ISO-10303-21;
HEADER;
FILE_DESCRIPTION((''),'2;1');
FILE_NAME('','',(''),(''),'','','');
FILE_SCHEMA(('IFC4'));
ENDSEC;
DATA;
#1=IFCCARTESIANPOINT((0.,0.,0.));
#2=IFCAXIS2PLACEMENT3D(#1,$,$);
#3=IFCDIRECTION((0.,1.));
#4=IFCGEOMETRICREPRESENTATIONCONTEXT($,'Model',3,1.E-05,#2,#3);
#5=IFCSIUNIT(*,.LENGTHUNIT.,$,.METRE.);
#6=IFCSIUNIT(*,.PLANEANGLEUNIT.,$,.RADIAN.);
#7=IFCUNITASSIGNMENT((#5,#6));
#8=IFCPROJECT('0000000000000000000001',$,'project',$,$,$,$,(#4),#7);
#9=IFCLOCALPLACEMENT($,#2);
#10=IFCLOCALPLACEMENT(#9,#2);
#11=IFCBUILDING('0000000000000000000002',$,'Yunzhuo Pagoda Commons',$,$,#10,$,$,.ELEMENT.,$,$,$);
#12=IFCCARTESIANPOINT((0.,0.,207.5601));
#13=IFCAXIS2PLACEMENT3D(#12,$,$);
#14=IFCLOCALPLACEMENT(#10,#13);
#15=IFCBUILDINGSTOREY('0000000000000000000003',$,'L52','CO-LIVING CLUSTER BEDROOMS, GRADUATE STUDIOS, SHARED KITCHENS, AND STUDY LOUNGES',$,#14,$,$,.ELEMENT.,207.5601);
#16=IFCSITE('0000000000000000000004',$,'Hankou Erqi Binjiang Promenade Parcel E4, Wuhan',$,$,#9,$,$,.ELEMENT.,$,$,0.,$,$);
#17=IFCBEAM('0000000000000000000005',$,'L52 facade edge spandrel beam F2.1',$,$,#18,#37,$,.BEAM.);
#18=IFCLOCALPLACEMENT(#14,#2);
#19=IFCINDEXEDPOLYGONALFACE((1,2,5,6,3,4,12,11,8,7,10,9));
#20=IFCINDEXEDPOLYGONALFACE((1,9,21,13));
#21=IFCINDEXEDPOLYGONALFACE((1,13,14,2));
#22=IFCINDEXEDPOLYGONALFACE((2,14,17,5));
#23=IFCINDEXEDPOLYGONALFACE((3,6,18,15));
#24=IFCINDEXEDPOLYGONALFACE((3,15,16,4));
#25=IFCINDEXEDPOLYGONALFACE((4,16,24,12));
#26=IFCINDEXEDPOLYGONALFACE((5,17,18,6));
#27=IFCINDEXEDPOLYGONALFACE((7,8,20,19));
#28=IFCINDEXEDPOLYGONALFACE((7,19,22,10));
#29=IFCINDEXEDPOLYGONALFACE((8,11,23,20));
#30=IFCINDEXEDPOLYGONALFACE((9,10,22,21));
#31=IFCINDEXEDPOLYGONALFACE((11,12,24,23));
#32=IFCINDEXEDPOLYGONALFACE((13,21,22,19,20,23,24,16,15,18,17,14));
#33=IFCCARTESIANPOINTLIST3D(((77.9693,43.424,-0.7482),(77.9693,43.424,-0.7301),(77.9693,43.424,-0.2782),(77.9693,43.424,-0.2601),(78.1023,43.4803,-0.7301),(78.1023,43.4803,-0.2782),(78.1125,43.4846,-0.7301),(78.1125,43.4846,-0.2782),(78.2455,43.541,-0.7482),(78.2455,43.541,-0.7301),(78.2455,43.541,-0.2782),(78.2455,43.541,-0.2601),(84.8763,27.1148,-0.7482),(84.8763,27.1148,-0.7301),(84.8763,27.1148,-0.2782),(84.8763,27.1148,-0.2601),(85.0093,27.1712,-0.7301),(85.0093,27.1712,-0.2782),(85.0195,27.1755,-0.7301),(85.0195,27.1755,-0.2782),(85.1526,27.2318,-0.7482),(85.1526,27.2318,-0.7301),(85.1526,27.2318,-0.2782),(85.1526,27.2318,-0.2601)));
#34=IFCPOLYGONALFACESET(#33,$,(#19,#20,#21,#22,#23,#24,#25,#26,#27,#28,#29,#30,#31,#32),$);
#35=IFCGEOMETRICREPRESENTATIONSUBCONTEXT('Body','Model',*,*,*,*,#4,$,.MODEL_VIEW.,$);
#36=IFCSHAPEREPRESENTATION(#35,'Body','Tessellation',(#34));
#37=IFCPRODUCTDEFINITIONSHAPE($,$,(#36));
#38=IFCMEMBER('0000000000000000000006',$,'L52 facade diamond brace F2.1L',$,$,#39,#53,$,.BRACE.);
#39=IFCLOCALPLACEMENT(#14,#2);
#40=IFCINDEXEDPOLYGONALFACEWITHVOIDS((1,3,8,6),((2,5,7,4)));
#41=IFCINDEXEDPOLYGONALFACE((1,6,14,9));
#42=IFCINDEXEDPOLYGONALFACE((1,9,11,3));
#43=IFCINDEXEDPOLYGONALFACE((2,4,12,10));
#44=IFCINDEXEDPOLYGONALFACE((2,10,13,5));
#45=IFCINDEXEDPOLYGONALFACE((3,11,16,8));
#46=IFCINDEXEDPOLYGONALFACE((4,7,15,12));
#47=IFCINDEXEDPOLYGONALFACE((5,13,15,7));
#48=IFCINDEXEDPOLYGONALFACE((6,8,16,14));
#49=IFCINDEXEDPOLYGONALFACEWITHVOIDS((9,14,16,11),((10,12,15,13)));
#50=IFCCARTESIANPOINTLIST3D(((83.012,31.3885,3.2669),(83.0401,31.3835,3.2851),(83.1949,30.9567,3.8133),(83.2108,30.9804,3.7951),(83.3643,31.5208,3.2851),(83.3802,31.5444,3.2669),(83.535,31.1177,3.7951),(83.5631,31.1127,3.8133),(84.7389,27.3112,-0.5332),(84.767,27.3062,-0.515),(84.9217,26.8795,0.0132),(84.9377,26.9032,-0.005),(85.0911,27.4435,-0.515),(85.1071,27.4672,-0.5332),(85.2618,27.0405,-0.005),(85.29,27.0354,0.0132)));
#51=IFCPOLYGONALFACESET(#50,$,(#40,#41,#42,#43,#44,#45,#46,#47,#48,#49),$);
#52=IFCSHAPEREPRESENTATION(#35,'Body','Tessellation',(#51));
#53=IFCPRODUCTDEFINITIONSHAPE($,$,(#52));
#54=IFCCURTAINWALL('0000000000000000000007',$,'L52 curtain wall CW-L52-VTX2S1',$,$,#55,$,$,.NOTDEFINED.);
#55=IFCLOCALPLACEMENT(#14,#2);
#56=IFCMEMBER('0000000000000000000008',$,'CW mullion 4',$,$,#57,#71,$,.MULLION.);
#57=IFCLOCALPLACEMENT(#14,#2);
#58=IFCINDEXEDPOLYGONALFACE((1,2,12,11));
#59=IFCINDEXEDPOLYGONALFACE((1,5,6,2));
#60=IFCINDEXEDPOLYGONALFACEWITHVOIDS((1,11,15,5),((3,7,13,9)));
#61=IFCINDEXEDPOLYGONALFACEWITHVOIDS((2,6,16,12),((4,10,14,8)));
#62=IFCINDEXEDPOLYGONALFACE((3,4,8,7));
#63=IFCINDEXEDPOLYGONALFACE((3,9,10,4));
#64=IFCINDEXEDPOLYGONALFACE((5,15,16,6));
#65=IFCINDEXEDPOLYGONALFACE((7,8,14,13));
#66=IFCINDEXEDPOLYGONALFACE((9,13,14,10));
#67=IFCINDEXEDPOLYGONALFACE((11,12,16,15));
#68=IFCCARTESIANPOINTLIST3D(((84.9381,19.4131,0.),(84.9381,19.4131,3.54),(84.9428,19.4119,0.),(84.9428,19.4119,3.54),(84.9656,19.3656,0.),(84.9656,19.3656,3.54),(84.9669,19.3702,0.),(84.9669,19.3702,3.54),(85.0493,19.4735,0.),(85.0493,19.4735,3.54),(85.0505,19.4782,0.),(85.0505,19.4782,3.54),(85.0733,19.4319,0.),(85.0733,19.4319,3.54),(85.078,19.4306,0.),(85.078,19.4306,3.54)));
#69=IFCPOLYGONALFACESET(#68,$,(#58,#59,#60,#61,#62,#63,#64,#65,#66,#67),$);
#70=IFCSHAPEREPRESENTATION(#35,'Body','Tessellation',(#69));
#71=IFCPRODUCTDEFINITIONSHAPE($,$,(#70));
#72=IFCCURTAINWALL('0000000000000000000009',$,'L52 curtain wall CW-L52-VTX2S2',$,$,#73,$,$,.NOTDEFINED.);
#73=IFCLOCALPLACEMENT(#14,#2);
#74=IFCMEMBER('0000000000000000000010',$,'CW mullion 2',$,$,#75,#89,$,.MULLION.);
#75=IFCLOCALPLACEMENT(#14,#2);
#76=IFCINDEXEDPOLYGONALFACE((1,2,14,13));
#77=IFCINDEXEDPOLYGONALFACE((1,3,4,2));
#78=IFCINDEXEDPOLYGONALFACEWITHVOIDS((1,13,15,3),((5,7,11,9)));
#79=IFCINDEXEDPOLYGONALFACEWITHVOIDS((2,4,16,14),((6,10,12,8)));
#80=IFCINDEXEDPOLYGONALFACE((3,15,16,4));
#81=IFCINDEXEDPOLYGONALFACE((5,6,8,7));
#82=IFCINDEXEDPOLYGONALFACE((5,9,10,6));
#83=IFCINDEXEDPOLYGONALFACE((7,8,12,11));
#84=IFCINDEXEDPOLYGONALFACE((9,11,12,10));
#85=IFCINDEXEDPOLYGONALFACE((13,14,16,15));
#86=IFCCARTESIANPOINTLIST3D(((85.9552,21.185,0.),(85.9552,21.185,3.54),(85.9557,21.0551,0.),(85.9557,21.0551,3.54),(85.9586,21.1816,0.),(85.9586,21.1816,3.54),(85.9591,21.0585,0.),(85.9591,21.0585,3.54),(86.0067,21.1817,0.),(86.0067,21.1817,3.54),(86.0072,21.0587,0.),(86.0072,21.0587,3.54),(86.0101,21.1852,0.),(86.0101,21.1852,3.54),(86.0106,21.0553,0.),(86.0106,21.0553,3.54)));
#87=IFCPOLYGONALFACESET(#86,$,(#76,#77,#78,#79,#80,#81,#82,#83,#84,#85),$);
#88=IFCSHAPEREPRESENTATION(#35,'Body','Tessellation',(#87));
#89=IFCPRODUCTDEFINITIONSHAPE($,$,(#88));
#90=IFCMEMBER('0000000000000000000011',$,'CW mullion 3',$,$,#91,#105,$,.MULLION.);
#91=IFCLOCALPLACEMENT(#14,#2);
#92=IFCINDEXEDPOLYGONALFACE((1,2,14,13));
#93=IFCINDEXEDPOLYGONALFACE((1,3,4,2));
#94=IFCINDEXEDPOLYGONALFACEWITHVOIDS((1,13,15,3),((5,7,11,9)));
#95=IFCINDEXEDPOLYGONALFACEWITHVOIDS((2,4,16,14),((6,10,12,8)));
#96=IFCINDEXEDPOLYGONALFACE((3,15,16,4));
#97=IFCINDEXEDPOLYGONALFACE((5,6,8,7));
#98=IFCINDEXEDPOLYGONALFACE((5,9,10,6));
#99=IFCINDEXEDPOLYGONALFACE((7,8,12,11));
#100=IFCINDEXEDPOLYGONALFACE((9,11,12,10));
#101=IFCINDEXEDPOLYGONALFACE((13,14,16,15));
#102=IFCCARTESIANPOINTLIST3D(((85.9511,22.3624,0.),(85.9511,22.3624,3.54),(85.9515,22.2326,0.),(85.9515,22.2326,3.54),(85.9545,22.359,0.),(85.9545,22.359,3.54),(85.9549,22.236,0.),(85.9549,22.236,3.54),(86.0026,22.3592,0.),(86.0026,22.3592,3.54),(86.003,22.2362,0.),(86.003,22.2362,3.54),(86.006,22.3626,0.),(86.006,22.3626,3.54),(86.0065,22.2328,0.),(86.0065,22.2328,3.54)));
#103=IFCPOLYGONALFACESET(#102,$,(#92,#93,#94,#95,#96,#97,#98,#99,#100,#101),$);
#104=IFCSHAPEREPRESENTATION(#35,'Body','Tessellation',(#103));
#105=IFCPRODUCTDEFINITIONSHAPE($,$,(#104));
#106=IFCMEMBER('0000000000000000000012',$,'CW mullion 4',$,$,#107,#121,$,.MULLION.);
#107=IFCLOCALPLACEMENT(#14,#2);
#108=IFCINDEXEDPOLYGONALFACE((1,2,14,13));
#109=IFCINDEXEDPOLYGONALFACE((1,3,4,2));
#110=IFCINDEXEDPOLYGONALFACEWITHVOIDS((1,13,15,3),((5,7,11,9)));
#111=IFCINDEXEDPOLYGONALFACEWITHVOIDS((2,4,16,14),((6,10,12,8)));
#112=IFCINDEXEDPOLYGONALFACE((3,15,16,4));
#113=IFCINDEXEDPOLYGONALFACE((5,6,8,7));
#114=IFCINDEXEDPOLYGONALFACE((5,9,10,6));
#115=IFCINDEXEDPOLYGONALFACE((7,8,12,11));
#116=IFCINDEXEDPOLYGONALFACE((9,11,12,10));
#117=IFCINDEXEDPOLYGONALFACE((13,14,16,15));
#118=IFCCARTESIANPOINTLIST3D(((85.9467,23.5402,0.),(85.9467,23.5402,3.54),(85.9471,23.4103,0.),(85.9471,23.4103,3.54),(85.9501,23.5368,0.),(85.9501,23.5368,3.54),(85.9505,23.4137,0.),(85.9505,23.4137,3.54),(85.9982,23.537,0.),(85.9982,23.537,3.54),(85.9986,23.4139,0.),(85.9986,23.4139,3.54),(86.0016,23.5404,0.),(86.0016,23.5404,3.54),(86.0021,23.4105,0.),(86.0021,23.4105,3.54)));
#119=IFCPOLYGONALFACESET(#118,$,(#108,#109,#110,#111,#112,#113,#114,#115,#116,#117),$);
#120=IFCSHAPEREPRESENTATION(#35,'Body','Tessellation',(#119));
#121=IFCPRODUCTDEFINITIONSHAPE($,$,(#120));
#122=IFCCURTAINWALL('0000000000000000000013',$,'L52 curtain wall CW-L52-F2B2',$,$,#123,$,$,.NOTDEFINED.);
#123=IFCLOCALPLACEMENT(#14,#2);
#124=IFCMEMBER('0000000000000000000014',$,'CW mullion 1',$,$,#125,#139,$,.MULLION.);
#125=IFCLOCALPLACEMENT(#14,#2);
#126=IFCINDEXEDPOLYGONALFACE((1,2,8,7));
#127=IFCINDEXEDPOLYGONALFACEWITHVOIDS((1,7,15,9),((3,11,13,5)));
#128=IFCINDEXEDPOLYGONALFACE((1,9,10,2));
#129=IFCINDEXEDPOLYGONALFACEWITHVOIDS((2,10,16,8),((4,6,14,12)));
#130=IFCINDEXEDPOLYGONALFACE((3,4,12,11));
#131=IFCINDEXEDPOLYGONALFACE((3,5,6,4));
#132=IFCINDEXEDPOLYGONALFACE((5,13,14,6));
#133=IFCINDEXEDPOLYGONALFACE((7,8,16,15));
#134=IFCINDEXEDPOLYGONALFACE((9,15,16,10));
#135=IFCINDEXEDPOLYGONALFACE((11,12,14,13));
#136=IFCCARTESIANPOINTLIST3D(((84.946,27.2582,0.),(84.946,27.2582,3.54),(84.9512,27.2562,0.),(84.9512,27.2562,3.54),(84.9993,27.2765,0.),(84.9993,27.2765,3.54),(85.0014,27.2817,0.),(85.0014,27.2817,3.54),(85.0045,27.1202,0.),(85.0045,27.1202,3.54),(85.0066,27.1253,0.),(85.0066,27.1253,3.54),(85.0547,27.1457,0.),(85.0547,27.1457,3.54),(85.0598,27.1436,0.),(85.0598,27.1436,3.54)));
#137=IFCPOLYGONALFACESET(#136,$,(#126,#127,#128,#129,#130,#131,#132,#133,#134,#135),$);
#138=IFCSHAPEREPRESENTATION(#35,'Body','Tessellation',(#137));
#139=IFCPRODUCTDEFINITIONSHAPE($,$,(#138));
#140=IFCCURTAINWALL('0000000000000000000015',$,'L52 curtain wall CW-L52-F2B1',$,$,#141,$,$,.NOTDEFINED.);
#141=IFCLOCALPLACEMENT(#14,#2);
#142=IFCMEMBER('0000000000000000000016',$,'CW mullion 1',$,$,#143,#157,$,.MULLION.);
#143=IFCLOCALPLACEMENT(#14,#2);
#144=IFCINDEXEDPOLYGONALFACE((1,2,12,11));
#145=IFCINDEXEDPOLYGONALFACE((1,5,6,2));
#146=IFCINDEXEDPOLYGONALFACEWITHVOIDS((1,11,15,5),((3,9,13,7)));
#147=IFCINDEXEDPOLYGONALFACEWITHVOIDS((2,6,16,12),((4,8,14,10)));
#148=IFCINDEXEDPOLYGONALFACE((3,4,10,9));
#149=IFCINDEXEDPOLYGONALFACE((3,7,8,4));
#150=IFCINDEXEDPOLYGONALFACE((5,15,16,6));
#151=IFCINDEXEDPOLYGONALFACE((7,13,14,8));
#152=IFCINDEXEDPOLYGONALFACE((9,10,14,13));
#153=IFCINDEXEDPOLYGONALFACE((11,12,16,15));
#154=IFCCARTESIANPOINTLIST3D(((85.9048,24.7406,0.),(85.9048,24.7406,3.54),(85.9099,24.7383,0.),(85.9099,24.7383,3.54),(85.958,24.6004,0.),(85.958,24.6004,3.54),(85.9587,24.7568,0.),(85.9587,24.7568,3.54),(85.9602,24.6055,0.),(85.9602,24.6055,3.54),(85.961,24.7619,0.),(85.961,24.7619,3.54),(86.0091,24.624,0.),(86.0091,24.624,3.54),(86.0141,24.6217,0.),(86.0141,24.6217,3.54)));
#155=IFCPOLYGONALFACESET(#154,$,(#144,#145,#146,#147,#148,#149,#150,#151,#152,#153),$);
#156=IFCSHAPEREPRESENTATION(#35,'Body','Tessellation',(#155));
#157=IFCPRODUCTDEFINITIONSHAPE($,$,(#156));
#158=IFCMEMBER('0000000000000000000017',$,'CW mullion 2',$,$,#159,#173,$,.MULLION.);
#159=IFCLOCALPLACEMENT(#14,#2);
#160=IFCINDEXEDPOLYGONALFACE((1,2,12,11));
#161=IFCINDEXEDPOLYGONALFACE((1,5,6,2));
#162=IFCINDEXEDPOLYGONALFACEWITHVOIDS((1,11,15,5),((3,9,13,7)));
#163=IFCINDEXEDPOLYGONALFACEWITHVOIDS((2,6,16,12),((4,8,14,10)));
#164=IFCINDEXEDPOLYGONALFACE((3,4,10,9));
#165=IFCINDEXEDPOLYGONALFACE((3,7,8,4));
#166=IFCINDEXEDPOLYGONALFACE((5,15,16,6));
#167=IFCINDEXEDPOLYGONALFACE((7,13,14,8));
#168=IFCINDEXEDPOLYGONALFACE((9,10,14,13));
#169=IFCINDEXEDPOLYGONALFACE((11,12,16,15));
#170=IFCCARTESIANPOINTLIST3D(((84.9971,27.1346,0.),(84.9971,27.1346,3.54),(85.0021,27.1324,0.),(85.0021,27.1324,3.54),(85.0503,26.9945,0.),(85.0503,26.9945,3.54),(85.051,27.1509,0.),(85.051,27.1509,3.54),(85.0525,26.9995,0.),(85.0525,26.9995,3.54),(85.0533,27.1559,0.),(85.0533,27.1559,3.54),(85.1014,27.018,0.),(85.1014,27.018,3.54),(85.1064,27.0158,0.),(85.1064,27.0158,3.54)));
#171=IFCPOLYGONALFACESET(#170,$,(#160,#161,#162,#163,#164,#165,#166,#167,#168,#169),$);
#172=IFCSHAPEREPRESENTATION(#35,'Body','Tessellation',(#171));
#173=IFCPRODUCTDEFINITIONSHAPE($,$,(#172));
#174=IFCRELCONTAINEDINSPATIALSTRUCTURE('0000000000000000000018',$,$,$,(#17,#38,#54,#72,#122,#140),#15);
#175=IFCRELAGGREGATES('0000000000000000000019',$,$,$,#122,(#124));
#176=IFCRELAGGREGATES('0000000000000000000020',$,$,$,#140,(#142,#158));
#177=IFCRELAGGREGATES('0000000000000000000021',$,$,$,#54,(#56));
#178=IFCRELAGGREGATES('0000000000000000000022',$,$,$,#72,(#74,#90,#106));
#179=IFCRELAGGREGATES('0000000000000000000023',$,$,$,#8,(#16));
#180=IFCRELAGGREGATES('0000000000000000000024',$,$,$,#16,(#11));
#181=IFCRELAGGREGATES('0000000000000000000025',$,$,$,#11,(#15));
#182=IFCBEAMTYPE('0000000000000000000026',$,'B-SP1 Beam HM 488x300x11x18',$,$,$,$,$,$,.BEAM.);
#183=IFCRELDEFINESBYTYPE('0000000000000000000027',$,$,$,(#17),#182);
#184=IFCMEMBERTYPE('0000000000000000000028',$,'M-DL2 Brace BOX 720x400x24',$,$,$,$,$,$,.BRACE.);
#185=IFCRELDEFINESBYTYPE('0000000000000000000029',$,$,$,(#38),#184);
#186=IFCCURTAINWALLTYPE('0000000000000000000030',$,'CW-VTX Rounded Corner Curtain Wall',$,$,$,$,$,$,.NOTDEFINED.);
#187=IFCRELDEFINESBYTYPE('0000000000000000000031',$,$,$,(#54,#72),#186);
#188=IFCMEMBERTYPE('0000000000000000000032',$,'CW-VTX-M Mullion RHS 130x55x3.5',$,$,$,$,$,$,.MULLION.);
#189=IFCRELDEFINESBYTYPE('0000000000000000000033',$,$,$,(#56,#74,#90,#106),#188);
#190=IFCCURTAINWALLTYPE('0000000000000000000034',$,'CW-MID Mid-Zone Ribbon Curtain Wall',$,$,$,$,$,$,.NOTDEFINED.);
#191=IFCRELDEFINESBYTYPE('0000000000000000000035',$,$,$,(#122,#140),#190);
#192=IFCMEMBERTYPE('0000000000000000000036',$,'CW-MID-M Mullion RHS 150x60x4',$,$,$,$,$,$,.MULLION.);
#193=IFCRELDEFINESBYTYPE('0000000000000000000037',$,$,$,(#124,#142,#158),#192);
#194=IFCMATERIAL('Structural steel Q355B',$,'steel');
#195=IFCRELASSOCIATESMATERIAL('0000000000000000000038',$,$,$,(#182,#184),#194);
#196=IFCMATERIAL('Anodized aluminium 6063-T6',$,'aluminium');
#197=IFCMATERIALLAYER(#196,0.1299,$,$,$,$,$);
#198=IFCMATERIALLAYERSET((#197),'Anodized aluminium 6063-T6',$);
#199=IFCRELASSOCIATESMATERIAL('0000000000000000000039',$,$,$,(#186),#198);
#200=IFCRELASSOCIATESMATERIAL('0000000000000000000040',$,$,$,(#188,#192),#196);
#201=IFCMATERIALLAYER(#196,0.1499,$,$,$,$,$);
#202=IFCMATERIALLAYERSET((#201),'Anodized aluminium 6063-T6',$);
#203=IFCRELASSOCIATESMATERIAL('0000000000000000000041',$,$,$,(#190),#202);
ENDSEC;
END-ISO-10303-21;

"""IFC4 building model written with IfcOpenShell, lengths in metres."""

from ifc_helpers import new_model, si_unit, direction, frame, origin, origin_2d, place, context, subcontext, project, spatial, hollow_rectangle, i_section, extrude, source, transform, mapped, material, layer, layer_set, material_profile, profile_set, type_object, element, aggregate, save


model = new_model("IFC4")

# Units and contexts
model_context = context("Model", 3, precision=1e-05, world=origin(), true_north=direction((0.0, 1.0)))
body_context = subcontext(model_context, "Body", "Model", "MODEL_VIEW")
ifc_project = project(units=[si_unit("LENGTHUNIT", "METRE"), si_unit("PLANEANGLEUNIT", "RADIAN")], contexts=[model_context])

# Site, building, storey
site_placement = place(None, origin())
site = spatial("IfcSite", under=ifc_project, at=site_placement, Name="Hankou Erqi Binjiang Promenade Parcel E4, Wuhan", CompositionType="ELEMENT", RefElevation=0.0)
building_placement = place(site_placement, origin())
building = spatial("IfcBuilding", under=site, at=building_placement, Name="Yunzhuo Pagoda Commons", CompositionType="ELEMENT")
storey_placement = place(building_placement, frame((0.0, 0.0, 207.5601)))
storey = spatial("IfcBuildingStorey", under=building, at=storey_placement, Name="L52", Description="CO-LIVING CLUSTER BEDROOMS, GRADUATE STUDIOS, SHARED KITCHENS, AND STUDY LOUNGES", CompositionType="ELEMENT", Elevation=207.5601)

# Beam
ifc_material_1 = material(Name="Structural steel Q355B", Category="steel")
ifc_material_profile_1 = material_profile(ifc_material_1, i_section(OverallWidth=0.3, OverallDepth=0.488, WebThickness=0.011, FlangeThickness=0.0181, at=origin_2d()), Name="Structural steel Q355B")
ifc_profile_set_1 = profile_set([ifc_material_profile_1], Name="Structural steel Q355B")
beam_type = type_object("IfcBeamType", Name="B-SP1 Beam HM 488x300x11x18", PredefinedType="BEAM", material=ifc_profile_set_1)
shared_shape_1 = source(origin(), body_context, "Body", "SweptSolid", [
    extrude(i_section(OverallWidth=0.3, OverallDepth=0.488, WebThickness=0.011, FlangeThickness=0.0181, at=origin_2d()), origin(), (0.0, 0.0, 1.0), 17.7114),
])
beam_placement = place(storey_placement, frame((85.0144, 27.1733, -0.5042), z_axis=(-0.389975, 0.920826, 0.0), x_axis=(-0.920826, -0.389975, 0.0)))
element("IfcBeam", 1, at=beam_placement, inside=storey, type_object=beam_type, Name="L52 facade edge spandrel beam F2.1", PredefinedType="BEAM", context=body_context, shape_type="MappedRepresentation", body=[
    mapped(shared_shape_1, transform((0.0, 0.0, 0.0), scale=1.0)),
])

# Member
ifc_material_profile_2 = material_profile(ifc_material_1, hollow_rectangle(XDim=0.3999, YDim=0.72, WallThickness=0.0239, at=origin_2d()), Name="Structural steel Q355B")
ifc_profile_set_2 = profile_set([ifc_material_profile_2], Name="Structural steel Q355B")
member_type_1 = type_object("IfcMemberType", Name="M-DL2 Brace BOX 720x400x24", PredefinedType="BRACE", material=ifc_profile_set_2)
shared_shape_2 = source(origin(), body_context, "Body", "SweptSolid", [
    extrude(hollow_rectangle(XDim=0.3999, YDim=0.72, WallThickness=0.0239, at=origin_2d()), origin(), (0.0, 0.0, 1.0), 5.835),
])
member_1_placement = place(storey_placement, frame((85.0144, 27.1733, -0.26), z_axis=(-0.295947, 0.698759, 0.651269), x_axis=(-0.920817, -0.389996, 0.0)))
element("IfcMember", 2, at=member_1_placement, inside=storey, type_object=member_type_1, Name="L52 facade diamond brace F2.1L", PredefinedType="BRACE", context=body_context, shape_type="MappedRepresentation", body=[
    mapped(shared_shape_2, transform((0.0, 0.0, 0.0), scale=1.0)),
])

# Curtain wall, member
ifc_material_2 = material(Name="Anodized aluminium 6063-T6", Category="aluminium")
ifc_layer_1 = layer(ifc_material_2, 0.1299)
ifc_layer_set_1 = layer_set([ifc_layer_1], Name="Anodized aluminium 6063-T6")
curtain_wall_type_1 = type_object("IfcCurtainWallType", Name="CW-VTX Rounded Corner Curtain Wall", PredefinedType="NOTDEFINED", material=ifc_layer_set_1)
curtain_wall_1_placement = place(storey_placement, origin())
curtain_wall_1 = element("IfcCurtainWall", 3, at=curtain_wall_1_placement, inside=storey, type_object=curtain_wall_type_1, Name="L52 curtain wall CW-L52-VTX2S1", PredefinedType="NOTDEFINED")
ifc_material_profile_3 = material_profile(ifc_material_2, hollow_rectangle(XDim=0.0549, YDim=0.1299, WallThickness=0.0034, at=origin_2d()), Name="Anodized aluminium 6063-T6")
ifc_profile_set_3 = profile_set([ifc_material_profile_3], Name="Anodized aluminium 6063-T6")
member_type_2 = type_object("IfcMemberType", Name="CW-VTX-M Mullion RHS 130x55x3.5", PredefinedType="MULLION", material=ifc_profile_set_3)
shared_shape_3 = source(origin(), body_context, "Body", "SweptSolid", [
    extrude(hollow_rectangle(XDim=0.0549, YDim=0.1299, WallThickness=0.0034, at=origin_2d()), origin(), (0.0, 0.0, 1.0), 3.54),
])
member_2_placement = place(storey_placement, frame((85.0081, 19.4219, 0.0), z_axis=(0.0, 0.0, 1.0), x_axis=(-0.501037, 0.865426, 0.0)))
member_2 = element("IfcMember", 4, at=member_2_placement, type_object=member_type_2, Name="CW mullion 4", PredefinedType="MULLION", context=body_context, shape_type="MappedRepresentation", body=[
    mapped(shared_shape_3, transform((0.0, 0.0, 0.0), scale=1.0)),
])

# Curtain wall, members
curtain_wall_2_placement = place(storey_placement, origin())
curtain_wall_2 = element("IfcCurtainWall", 5, at=curtain_wall_2_placement, inside=storey, type_object=curtain_wall_type_1, Name="L52 curtain wall CW-L52-VTX2S2", PredefinedType="NOTDEFINED")
member_3_placement = place(storey_placement, frame((85.9829, 21.1201, 0.0), z_axis=(0.0, 0.0, 1.0), x_axis=(-0.999994, -0.003588, 0.0)))
member_3 = element("IfcMember", 6, at=member_3_placement, type_object=member_type_2, Name="CW mullion 2", PredefinedType="MULLION", context=body_context, shape_type="MappedRepresentation", body=[
    mapped(shared_shape_3, transform((0.0, 0.0, 0.0), scale=1.0)),
])
member_4_placement = place(storey_placement, frame((85.9788, 22.2976, 0.0), z_axis=(0.0, 0.0, 1.0), x_axis=(-0.999994, -0.003588, 0.0)))
member_4 = element("IfcMember", 7, at=member_4_placement, type_object=member_type_2, Name="CW mullion 3", PredefinedType="MULLION", context=body_context, shape_type="MappedRepresentation", body=[
    mapped(shared_shape_3, transform((0.0, 0.0, 0.0), scale=1.0)),
])
member_5_placement = place(storey_placement, frame((85.9744, 23.4753, 0.0), z_axis=(0.0, 0.0, 1.0), x_axis=(-0.999994, -0.003588, 0.0)))
member_5 = element("IfcMember", 8, at=member_5_placement, type_object=member_type_2, Name="CW mullion 4", PredefinedType="MULLION", context=body_context, shape_type="MappedRepresentation", body=[
    mapped(shared_shape_3, transform((0.0, 0.0, 0.0), scale=1.0)),
])

# Curtain wall, member
ifc_layer_2 = layer(ifc_material_2, 0.1499)
ifc_layer_set_2 = layer_set([ifc_layer_2], Name="Anodized aluminium 6063-T6")
curtain_wall_type_2 = type_object("IfcCurtainWallType", Name="CW-MID Mid-Zone Ribbon Curtain Wall", PredefinedType="NOTDEFINED", material=ifc_layer_set_2)
curtain_wall_3_placement = place(storey_placement, origin())
curtain_wall_3 = element("IfcCurtainWall", 9, at=curtain_wall_3_placement, inside=storey, type_object=curtain_wall_type_2, Name="L52 curtain wall CW-L52-F2B2", PredefinedType="NOTDEFINED")
ifc_material_profile_4 = material_profile(ifc_material_2, hollow_rectangle(XDim=0.0601, YDim=0.1499, WallThickness=0.0039, at=origin_2d()), Name="Anodized aluminium 6063-T6")
ifc_profile_set_4 = profile_set([ifc_material_profile_4], Name="Anodized aluminium 6063-T6")
member_type_3 = type_object("IfcMemberType", Name="CW-MID-M Mullion RHS 150x60x4", PredefinedType="MULLION", material=ifc_profile_set_4)
shared_shape_4 = source(origin(), body_context, "Body", "SweptSolid", [
    extrude(hollow_rectangle(XDim=0.0601, YDim=0.1499, WallThickness=0.0039, at=origin_2d()), origin(), (0.0, 0.0, 1.0), 3.54),
])
member_6_placement = place(storey_placement, frame((85.0029, 27.2009, 0.0), z_axis=(0.0, 0.0, 1.0), x_axis=(-0.920824, -0.389978, 0.0)))
member_6 = element("IfcMember", 10, at=member_6_placement, type_object=member_type_3, Name="CW mullion 1", PredefinedType="MULLION", context=body_context, shape_type="MappedRepresentation", body=[
    mapped(shared_shape_4, transform((0.0, 0.0, 0.0), scale=1.0)),
])
aggregate(curtain_wall_3, [member_6])

# Curtain wall, members
curtain_wall_4_placement = place(storey_placement, origin())
curtain_wall_4 = element("IfcCurtainWall", 11, at=curtain_wall_4_placement, inside=storey, type_object=curtain_wall_type_2, Name="L52 curtain wall CW-L52-F2B1", PredefinedType="NOTDEFINED")
member_7_placement = place(storey_placement, frame((85.9595, 24.6812, 0.0), z_axis=(0.0, 0.0, 1.0), x_axis=(-0.935034, -0.354559, 0.0)))
member_7 = element("IfcMember", 12, at=member_7_placement, type_object=member_type_3, Name="CW mullion 1", PredefinedType="MULLION", context=body_context, shape_type="MappedRepresentation", body=[
    mapped(shared_shape_4, transform((0.0, 0.0, 0.0), scale=1.0)),
])
member_8_placement = place(storey_placement, frame((85.0518, 27.0752, 0.0), z_axis=(0.0, 0.0, 1.0), x_axis=(-0.935034, -0.354559, 0.0)))
member_8 = element("IfcMember", 13, at=member_8_placement, type_object=member_type_3, Name="CW mullion 2", PredefinedType="MULLION", context=body_context, shape_type="MappedRepresentation", body=[
    mapped(shared_shape_4, transform((0.0, 0.0, 0.0), scale=1.0)),
])

aggregate(curtain_wall_4, [member_7, member_8])
aggregate(curtain_wall_1, [member_2])
aggregate(curtain_wall_2, [member_3, member_4, member_5])

save(model, "model.ifc")
